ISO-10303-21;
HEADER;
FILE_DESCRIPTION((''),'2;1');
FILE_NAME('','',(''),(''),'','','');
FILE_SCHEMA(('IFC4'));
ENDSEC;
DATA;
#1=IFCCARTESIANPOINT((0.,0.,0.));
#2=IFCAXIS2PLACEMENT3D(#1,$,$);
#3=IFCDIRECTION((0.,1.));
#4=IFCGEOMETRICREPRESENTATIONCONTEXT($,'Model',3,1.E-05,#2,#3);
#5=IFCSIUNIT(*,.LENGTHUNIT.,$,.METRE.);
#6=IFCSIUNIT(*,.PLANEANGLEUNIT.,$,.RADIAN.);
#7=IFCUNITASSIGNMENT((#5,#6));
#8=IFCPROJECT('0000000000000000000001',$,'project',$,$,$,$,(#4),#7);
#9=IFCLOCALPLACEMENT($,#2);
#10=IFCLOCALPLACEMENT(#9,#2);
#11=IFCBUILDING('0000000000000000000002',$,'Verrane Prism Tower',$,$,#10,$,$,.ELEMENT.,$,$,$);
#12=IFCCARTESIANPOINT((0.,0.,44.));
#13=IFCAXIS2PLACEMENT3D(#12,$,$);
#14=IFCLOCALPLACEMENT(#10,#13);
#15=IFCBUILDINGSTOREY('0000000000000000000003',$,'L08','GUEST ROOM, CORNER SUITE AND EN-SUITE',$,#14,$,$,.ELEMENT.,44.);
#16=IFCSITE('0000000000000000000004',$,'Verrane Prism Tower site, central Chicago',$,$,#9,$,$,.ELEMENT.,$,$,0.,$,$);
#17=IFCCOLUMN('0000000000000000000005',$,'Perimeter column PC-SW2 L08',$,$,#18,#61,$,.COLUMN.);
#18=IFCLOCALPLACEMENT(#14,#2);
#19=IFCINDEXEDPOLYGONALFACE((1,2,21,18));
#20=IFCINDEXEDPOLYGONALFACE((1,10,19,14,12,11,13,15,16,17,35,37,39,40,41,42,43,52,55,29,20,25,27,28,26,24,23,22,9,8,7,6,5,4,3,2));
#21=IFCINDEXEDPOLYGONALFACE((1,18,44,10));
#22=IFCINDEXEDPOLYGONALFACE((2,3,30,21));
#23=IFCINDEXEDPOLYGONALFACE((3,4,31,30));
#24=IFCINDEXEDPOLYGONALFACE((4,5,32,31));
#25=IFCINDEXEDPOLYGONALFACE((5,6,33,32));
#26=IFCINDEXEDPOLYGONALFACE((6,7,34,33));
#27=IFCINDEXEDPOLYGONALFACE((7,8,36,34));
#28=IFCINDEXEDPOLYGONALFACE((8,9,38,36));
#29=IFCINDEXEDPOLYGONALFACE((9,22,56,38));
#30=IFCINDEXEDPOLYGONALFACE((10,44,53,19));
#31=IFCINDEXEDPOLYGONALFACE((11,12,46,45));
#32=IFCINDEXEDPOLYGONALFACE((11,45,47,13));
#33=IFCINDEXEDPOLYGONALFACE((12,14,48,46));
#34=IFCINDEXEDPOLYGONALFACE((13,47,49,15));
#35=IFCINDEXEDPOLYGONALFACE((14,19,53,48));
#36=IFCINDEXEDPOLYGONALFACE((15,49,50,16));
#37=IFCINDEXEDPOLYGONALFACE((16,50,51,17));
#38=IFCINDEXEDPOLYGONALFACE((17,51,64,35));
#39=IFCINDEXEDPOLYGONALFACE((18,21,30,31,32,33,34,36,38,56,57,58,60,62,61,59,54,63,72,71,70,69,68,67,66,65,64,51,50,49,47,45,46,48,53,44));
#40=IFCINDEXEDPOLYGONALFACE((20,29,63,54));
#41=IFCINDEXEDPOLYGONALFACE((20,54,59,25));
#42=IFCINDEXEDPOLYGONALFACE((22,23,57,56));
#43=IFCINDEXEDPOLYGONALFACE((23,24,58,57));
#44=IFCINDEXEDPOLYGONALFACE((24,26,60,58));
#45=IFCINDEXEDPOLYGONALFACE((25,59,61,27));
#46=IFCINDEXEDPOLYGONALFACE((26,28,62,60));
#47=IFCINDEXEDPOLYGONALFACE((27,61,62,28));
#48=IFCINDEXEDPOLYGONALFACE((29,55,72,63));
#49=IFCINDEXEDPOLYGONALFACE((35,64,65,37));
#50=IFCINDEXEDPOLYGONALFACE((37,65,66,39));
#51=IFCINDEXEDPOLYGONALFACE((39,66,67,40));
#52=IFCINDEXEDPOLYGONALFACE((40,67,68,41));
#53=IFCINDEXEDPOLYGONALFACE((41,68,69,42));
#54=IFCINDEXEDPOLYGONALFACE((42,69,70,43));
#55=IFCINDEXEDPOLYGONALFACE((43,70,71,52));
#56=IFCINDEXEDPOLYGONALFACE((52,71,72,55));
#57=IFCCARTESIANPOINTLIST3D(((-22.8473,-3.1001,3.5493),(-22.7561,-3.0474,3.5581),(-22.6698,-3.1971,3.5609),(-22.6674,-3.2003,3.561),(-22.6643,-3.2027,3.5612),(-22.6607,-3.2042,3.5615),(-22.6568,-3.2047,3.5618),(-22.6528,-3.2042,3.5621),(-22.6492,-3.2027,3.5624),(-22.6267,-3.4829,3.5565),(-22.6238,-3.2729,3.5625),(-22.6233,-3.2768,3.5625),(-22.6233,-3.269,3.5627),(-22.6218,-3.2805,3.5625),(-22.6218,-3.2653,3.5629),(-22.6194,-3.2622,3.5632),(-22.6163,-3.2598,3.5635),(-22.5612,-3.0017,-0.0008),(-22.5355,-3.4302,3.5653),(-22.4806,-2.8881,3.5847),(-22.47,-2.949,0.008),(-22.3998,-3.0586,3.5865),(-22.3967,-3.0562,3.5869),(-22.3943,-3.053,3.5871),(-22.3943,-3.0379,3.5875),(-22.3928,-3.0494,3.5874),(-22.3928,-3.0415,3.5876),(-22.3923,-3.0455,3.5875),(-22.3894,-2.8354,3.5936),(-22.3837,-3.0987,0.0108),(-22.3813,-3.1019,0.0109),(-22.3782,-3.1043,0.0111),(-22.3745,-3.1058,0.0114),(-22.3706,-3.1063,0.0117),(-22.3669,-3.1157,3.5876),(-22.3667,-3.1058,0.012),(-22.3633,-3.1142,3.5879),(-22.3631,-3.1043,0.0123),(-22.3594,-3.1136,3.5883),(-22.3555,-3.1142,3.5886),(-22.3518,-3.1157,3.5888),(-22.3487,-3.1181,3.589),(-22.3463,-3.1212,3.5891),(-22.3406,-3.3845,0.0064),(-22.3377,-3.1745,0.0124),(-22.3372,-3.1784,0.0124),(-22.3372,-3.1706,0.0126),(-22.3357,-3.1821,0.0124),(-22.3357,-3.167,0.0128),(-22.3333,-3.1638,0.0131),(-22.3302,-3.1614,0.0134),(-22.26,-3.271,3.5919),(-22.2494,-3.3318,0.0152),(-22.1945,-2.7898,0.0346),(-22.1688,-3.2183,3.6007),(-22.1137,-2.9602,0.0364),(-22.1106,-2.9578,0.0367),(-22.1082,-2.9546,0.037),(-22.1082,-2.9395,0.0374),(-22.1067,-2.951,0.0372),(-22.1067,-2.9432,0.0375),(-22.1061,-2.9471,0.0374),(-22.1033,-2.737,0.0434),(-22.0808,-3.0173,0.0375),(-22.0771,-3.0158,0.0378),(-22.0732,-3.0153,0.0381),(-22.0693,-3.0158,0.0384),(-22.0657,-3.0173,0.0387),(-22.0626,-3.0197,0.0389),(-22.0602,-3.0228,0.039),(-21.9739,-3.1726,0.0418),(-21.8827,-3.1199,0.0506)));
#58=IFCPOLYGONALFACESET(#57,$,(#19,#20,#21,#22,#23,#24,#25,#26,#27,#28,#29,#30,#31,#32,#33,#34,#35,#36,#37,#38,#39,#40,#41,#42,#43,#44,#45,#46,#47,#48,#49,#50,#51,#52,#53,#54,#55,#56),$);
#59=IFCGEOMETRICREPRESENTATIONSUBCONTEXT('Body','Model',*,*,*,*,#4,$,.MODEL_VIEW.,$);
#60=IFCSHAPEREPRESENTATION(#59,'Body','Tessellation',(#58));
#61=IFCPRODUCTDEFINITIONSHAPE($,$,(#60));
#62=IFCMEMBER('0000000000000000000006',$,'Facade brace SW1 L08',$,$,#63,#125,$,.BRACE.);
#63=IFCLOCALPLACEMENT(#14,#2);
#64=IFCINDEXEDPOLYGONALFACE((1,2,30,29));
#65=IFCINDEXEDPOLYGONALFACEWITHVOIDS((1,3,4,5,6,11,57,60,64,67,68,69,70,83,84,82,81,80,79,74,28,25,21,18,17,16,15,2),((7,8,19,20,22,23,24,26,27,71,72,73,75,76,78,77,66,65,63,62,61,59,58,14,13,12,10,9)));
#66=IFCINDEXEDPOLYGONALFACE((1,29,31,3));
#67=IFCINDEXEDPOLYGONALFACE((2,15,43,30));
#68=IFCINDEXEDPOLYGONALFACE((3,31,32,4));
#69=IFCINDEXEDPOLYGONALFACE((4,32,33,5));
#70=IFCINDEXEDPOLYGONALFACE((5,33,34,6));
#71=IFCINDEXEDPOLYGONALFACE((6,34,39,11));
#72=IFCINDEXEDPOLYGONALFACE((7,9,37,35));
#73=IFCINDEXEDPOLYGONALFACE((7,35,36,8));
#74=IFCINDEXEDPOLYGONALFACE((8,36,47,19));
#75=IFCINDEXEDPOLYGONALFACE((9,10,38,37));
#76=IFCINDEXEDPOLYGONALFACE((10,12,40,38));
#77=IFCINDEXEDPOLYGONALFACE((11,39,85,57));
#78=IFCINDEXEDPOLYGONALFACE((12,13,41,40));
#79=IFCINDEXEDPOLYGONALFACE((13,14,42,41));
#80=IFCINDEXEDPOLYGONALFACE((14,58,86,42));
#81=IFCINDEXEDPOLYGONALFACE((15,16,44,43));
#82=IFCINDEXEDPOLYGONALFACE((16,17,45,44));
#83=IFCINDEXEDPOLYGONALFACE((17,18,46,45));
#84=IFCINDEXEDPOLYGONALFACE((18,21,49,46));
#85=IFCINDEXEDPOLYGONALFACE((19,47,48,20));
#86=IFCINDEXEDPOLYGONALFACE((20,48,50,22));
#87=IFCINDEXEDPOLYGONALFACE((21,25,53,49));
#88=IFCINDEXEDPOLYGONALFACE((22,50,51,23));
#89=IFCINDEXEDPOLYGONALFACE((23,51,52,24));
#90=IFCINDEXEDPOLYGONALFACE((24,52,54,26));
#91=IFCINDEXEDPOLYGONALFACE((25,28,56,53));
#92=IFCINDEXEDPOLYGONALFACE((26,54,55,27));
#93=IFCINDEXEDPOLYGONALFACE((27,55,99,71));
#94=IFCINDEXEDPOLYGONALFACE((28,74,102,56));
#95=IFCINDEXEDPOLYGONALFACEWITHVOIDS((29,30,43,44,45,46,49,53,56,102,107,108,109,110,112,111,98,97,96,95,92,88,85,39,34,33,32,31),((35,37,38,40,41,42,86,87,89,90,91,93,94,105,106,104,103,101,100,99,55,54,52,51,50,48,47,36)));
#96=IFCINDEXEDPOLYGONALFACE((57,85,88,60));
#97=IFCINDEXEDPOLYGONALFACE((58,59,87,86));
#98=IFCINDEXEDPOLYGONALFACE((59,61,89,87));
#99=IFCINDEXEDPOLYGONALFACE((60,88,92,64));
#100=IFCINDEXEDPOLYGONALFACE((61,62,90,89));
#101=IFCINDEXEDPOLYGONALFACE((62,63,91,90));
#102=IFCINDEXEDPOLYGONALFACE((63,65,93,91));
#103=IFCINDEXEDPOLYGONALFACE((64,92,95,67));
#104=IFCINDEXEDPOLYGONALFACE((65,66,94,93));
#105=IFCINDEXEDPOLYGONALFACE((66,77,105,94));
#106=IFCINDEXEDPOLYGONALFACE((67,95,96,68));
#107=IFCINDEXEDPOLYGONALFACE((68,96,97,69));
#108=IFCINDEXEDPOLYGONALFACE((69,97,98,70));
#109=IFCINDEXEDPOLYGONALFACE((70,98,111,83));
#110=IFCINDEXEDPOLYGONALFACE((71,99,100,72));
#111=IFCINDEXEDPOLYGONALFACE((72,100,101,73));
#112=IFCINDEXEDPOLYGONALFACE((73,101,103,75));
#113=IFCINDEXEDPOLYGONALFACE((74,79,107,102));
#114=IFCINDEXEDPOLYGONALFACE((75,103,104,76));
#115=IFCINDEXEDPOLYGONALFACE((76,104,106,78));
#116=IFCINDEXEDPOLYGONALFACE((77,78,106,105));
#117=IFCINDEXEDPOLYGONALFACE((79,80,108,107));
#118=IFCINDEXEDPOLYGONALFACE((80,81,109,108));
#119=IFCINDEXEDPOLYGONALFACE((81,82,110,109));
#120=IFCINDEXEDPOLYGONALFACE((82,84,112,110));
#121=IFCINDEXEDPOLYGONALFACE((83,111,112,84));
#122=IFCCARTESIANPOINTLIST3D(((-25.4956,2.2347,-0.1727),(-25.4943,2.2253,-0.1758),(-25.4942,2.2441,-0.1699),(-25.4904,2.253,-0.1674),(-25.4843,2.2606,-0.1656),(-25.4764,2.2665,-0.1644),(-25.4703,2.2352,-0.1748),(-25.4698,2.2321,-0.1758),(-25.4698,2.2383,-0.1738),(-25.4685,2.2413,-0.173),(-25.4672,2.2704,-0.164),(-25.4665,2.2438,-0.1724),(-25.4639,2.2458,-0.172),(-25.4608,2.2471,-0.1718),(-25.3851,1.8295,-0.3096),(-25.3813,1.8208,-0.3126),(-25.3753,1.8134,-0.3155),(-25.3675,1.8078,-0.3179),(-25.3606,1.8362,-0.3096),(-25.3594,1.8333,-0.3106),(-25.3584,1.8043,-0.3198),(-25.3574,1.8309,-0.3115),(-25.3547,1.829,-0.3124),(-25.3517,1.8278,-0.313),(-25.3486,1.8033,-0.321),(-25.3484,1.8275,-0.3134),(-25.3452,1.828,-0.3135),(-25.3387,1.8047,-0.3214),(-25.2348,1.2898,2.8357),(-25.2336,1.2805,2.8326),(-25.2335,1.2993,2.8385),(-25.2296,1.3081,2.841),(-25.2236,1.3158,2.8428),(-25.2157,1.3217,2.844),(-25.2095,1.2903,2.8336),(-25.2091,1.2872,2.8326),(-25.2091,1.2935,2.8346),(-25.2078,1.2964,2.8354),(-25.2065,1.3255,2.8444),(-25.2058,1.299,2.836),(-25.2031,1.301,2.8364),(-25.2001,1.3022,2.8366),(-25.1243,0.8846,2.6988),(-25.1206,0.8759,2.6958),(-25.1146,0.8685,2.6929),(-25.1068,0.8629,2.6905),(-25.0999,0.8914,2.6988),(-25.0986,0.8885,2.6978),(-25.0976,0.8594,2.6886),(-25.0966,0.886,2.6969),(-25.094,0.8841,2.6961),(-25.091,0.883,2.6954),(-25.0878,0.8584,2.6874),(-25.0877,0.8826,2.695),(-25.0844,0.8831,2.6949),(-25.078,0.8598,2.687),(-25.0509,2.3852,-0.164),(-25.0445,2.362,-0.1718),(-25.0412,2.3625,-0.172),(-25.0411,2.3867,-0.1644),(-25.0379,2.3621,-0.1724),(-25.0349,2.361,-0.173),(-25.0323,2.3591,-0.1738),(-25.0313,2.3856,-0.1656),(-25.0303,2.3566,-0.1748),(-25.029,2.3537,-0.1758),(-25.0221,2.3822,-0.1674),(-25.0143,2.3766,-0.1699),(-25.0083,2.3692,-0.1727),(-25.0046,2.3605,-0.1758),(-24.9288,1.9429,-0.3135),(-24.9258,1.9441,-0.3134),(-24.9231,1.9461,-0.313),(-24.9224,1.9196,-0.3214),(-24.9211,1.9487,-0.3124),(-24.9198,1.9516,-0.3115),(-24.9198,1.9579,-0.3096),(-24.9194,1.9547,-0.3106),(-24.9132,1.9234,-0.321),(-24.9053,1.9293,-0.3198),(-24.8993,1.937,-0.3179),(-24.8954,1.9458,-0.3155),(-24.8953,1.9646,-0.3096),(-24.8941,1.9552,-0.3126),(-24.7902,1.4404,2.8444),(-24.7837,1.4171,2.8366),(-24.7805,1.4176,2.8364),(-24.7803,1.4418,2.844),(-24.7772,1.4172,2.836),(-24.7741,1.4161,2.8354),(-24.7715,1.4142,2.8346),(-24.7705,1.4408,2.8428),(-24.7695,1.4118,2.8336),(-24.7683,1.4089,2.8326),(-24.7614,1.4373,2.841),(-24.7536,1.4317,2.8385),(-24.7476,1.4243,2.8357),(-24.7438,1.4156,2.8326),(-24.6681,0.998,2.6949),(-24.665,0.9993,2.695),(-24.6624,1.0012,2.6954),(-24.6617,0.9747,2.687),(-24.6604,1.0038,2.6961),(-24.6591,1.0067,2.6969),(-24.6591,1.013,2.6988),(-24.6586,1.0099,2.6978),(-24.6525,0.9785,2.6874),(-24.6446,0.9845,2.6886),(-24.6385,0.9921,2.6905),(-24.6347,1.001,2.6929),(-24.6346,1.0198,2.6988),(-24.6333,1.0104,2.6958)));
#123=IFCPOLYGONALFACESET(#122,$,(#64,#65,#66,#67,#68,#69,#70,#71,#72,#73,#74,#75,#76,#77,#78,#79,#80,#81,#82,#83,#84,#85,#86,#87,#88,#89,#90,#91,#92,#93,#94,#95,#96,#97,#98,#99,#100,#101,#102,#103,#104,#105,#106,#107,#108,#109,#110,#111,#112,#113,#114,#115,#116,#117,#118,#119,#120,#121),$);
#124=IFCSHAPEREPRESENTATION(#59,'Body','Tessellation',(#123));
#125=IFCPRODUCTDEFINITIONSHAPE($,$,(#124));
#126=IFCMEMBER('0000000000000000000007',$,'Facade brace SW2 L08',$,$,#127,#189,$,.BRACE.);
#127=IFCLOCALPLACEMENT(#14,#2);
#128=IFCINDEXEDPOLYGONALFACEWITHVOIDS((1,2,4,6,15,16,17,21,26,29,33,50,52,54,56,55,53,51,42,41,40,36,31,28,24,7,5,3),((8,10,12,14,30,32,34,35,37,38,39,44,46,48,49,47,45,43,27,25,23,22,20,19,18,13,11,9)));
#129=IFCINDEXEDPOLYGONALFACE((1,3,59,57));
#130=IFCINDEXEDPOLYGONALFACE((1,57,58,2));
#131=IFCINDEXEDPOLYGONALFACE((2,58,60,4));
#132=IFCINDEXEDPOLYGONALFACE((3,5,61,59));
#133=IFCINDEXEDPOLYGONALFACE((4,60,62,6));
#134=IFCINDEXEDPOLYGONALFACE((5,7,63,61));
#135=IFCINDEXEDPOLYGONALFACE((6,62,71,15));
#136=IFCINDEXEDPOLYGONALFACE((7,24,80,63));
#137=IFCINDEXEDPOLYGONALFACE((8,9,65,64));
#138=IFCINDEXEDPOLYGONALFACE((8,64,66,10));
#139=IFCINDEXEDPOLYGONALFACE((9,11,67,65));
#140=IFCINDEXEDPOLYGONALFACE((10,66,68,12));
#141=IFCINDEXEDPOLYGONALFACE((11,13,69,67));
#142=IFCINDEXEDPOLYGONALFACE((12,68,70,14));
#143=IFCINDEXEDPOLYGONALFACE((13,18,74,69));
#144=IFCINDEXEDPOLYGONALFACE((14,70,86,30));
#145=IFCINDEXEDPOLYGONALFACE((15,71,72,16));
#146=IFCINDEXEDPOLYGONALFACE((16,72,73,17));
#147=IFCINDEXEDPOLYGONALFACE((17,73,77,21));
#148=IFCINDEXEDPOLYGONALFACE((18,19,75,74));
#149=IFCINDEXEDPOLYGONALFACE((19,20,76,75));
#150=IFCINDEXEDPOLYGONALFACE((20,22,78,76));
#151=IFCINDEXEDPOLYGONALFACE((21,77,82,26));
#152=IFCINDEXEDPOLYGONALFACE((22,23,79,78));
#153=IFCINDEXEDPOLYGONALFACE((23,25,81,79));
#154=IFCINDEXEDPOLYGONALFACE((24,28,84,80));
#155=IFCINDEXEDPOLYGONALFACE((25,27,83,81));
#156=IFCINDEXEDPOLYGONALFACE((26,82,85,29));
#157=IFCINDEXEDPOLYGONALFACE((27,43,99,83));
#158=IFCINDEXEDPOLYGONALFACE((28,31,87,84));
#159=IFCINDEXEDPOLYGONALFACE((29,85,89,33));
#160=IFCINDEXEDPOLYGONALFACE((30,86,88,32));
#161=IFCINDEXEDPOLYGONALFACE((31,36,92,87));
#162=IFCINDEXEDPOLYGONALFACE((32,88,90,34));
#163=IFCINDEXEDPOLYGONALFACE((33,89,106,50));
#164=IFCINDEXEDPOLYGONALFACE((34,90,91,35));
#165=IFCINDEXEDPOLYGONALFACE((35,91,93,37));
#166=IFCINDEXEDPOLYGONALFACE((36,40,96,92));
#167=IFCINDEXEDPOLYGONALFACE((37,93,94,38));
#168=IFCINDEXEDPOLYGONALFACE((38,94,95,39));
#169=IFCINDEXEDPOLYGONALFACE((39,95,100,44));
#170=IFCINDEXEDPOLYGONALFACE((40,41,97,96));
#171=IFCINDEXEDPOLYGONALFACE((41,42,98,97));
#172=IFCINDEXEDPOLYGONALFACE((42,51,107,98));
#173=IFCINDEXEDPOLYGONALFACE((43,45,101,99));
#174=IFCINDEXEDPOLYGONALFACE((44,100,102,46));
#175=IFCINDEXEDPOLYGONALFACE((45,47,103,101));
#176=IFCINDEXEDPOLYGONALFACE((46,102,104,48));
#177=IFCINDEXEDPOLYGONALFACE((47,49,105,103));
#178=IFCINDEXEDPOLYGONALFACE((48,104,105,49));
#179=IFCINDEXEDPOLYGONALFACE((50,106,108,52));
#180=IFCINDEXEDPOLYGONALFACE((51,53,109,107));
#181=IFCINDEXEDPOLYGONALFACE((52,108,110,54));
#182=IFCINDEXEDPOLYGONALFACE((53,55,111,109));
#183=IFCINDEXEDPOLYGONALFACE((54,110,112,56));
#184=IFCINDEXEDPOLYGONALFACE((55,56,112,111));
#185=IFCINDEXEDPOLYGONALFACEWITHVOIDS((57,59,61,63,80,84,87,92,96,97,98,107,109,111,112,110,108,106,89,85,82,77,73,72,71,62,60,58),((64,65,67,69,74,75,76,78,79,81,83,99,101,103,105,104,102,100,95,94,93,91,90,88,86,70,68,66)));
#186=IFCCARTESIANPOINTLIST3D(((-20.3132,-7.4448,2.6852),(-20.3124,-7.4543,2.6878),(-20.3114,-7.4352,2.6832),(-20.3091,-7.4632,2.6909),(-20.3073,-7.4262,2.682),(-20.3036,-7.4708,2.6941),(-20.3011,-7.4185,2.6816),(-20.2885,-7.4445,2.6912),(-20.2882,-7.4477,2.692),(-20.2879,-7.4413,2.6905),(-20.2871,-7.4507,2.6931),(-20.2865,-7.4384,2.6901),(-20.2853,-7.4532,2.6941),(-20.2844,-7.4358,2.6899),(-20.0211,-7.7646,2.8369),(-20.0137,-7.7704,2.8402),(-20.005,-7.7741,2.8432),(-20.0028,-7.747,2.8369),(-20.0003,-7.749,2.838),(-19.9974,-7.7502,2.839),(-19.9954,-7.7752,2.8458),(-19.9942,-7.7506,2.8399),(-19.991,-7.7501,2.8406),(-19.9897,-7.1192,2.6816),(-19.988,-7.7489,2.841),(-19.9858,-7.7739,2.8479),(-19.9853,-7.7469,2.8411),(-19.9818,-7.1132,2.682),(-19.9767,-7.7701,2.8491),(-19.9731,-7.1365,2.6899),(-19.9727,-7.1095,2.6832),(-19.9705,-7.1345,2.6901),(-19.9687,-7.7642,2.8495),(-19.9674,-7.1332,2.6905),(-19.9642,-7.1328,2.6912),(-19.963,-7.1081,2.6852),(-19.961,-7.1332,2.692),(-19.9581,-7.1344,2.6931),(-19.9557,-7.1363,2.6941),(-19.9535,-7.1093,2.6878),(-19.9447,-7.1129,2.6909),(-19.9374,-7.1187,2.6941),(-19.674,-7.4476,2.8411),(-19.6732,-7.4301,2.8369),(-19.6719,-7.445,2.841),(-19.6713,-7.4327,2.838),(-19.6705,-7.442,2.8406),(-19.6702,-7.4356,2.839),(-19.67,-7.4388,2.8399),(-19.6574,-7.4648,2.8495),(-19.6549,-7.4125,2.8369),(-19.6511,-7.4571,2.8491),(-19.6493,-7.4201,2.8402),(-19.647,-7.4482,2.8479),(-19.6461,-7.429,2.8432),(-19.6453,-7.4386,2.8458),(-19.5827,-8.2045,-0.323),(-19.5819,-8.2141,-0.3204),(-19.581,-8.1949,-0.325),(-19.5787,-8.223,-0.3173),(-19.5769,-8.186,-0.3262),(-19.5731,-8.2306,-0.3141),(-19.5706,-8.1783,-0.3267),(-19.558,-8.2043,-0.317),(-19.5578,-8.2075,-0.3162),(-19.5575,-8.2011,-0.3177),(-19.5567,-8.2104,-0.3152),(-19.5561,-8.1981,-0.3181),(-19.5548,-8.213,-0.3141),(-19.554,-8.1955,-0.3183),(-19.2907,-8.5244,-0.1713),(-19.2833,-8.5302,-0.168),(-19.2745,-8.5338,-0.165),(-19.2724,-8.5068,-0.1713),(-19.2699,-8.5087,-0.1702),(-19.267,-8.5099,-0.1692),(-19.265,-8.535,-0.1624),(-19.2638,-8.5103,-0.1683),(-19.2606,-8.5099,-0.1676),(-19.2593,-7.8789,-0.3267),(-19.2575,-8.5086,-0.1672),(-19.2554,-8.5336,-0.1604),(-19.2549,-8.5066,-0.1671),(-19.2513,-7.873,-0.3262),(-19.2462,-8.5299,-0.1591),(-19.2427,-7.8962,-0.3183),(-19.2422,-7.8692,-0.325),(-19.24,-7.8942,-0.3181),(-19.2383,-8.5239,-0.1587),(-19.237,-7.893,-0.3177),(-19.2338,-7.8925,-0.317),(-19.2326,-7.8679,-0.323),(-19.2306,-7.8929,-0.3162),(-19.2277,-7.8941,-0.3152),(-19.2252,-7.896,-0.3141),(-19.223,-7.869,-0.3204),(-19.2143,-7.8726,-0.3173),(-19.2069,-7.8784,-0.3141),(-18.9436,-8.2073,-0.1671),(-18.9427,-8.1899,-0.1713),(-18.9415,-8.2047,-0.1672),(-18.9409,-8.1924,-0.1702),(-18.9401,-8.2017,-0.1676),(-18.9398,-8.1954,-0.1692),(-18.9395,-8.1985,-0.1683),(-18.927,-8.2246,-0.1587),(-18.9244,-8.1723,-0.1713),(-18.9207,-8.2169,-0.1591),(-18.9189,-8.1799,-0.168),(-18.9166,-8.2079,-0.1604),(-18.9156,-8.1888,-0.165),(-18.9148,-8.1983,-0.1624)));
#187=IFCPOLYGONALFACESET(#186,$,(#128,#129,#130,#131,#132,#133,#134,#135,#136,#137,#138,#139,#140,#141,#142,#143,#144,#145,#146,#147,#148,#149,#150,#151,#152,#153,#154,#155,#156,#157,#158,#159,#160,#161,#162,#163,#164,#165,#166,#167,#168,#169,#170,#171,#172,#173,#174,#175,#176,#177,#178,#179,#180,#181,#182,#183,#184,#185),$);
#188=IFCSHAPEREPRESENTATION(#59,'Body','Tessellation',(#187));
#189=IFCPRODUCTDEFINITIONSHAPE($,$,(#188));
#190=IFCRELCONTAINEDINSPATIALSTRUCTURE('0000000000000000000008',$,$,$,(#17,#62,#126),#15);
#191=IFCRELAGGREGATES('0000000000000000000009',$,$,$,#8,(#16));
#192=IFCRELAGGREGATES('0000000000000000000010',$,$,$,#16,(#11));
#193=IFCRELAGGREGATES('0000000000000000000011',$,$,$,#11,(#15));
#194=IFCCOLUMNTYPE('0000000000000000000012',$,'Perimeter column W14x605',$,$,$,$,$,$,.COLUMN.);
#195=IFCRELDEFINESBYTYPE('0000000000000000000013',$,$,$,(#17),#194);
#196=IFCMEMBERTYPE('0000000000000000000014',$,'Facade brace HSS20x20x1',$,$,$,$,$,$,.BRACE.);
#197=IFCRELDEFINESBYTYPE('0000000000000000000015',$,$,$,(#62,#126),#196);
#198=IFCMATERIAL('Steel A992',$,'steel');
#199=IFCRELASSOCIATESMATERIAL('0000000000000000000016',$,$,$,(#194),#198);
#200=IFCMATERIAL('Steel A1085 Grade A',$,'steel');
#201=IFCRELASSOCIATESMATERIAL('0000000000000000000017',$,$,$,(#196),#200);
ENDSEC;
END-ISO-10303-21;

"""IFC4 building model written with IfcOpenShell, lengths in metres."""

from ifc_helpers import new_model, si_unit, direction, frame, origin, origin_2d, place, context, subcontext, project, spatial, hollow_rectangle, i_section, extrude, material, material_profile, profile_set, type_object, element, save


model = new_model("IFC4")

# Units and contexts
model_context = context("Model", 3, precision=1e-05, world=origin(), true_north=direction((0.0, 1.0)))
body_context = subcontext(model_context, "Body", "Model", "MODEL_VIEW")
ifc_project = project(units=[si_unit("LENGTHUNIT", "METRE"), si_unit("PLANEANGLEUNIT", "RADIAN")], contexts=[model_context])

# Site, building, storey
site_placement = place(None, origin())
site = spatial("IfcSite", under=ifc_project, at=site_placement, Name="Verrane Prism Tower site, central Chicago", CompositionType="ELEMENT", RefElevation=0.0)
building_placement = place(site_placement, origin())
building = spatial("IfcBuilding", under=site, at=building_placement, Name="Verrane Prism Tower", CompositionType="ELEMENT")
storey_placement = place(building_placement, frame((0.0, 0.0, 44.0)))
storey = spatial("IfcBuildingStorey", under=building, at=storey_placement, Name="L08", Description="GUEST ROOM, CORNER SUITE AND EN-SUITE", CompositionType="ELEMENT", Elevation=44.0)

# Column
ifc_material_1 = material(Name="Steel A992", Category="steel")
ifc_material_profile_1 = material_profile(ifc_material_1, i_section(OverallWidth=0.4419, OverallDepth=0.5308, WebThickness=0.0659, FlangeThickness=0.1057, FilletRadius=0.0151, at=origin_2d()), Name="W14x605")
ifc_profile_set_1 = profile_set([ifc_material_profile_1], Name="Steel A992")
column_type = type_object("IfcColumnType", Name="Perimeter column W14x605", PredefinedType="COLUMN", material=ifc_profile_set_1)
column_placement = place(storey_placement, frame((-22.2219, -3.0608, 0.0249), z_axis=(-0.080309, -0.027615, 0.996387), x_axis=(-0.499182, 0.866345, -0.016223)))
element("IfcColumn", 1, at=column_placement, inside=storey, type_object=column_type, Name="Perimeter column PC-SW2 L08", PredefinedType="COLUMN", context=body_context, shape_type="SweptSolid", body=[
    extrude(i_section(OverallWidth=0.4419, OverallDepth=0.5308, WebThickness=0.0659, FlangeThickness=0.1057, FilletRadius=0.0151, at=origin_2d()), origin(), (0.0, 0.0, 1.0), 3.563),
])

# Members
ifc_material_2 = material(Name="Steel A1085 Grade A", Category="steel")
ifc_material_profile_2 = material_profile(ifc_material_2, hollow_rectangle(XDim=0.5081, YDim=0.5081, WallThickness=0.0254, InnerFilletRadius=0.0127, OuterFilletRadius=0.0381, at=origin_2d()), Name="HSS20x20x1")
ifc_profile_set_2 = profile_set([ifc_material_profile_2], Name="Steel A1085 Grade A")
member_type_1 = type_object("IfcMemberType", Name="Facade brace HSS20x20x1", PredefinedType="BRACE", material=ifc_profile_set_2)
member_1_placement = place(storey_placement, frame((-25.1948, 2.095, -0.2427), z_axis=(0.08241, -0.298622, 0.950807), x_axis=(0.963966, 0.266025, 0.0)))
element("IfcMember", 2, at=member_1_placement, inside=storey, type_object=member_type_1, Name="Facade brace SW1 L08", PredefinedType="BRACE", context=body_context, shape_type="SweptSolid", body=[
    extrude(hollow_rectangle(XDim=0.5081, YDim=0.5081, WallThickness=0.0254, InnerFilletRadius=0.0127, OuterFilletRadius=0.0381, at=origin_2d()), origin(), (0.0, 0.0, 1.0), 3.1641),
])
member_2_placement = place(storey_placement, frame((-19.2488, -8.2014, -0.2427), z_axis=(-0.229161, 0.238351, 0.943755), x_axis=(-0.720869, -0.693072, 0.0)))
element("IfcMember", 3, at=member_2_placement, inside=storey, type_object=member_type_1, Name="Facade brace SW2 L08", PredefinedType="BRACE", context=body_context, shape_type="SweptSolid", body=[
    extrude(hollow_rectangle(XDim=0.5081, YDim=0.5081, WallThickness=0.0254, InnerFilletRadius=0.0127, OuterFilletRadius=0.0381, at=origin_2d()), origin(), (0.0, 0.0, 1.0), 3.1875),
])

save(model, "model.ifc")
